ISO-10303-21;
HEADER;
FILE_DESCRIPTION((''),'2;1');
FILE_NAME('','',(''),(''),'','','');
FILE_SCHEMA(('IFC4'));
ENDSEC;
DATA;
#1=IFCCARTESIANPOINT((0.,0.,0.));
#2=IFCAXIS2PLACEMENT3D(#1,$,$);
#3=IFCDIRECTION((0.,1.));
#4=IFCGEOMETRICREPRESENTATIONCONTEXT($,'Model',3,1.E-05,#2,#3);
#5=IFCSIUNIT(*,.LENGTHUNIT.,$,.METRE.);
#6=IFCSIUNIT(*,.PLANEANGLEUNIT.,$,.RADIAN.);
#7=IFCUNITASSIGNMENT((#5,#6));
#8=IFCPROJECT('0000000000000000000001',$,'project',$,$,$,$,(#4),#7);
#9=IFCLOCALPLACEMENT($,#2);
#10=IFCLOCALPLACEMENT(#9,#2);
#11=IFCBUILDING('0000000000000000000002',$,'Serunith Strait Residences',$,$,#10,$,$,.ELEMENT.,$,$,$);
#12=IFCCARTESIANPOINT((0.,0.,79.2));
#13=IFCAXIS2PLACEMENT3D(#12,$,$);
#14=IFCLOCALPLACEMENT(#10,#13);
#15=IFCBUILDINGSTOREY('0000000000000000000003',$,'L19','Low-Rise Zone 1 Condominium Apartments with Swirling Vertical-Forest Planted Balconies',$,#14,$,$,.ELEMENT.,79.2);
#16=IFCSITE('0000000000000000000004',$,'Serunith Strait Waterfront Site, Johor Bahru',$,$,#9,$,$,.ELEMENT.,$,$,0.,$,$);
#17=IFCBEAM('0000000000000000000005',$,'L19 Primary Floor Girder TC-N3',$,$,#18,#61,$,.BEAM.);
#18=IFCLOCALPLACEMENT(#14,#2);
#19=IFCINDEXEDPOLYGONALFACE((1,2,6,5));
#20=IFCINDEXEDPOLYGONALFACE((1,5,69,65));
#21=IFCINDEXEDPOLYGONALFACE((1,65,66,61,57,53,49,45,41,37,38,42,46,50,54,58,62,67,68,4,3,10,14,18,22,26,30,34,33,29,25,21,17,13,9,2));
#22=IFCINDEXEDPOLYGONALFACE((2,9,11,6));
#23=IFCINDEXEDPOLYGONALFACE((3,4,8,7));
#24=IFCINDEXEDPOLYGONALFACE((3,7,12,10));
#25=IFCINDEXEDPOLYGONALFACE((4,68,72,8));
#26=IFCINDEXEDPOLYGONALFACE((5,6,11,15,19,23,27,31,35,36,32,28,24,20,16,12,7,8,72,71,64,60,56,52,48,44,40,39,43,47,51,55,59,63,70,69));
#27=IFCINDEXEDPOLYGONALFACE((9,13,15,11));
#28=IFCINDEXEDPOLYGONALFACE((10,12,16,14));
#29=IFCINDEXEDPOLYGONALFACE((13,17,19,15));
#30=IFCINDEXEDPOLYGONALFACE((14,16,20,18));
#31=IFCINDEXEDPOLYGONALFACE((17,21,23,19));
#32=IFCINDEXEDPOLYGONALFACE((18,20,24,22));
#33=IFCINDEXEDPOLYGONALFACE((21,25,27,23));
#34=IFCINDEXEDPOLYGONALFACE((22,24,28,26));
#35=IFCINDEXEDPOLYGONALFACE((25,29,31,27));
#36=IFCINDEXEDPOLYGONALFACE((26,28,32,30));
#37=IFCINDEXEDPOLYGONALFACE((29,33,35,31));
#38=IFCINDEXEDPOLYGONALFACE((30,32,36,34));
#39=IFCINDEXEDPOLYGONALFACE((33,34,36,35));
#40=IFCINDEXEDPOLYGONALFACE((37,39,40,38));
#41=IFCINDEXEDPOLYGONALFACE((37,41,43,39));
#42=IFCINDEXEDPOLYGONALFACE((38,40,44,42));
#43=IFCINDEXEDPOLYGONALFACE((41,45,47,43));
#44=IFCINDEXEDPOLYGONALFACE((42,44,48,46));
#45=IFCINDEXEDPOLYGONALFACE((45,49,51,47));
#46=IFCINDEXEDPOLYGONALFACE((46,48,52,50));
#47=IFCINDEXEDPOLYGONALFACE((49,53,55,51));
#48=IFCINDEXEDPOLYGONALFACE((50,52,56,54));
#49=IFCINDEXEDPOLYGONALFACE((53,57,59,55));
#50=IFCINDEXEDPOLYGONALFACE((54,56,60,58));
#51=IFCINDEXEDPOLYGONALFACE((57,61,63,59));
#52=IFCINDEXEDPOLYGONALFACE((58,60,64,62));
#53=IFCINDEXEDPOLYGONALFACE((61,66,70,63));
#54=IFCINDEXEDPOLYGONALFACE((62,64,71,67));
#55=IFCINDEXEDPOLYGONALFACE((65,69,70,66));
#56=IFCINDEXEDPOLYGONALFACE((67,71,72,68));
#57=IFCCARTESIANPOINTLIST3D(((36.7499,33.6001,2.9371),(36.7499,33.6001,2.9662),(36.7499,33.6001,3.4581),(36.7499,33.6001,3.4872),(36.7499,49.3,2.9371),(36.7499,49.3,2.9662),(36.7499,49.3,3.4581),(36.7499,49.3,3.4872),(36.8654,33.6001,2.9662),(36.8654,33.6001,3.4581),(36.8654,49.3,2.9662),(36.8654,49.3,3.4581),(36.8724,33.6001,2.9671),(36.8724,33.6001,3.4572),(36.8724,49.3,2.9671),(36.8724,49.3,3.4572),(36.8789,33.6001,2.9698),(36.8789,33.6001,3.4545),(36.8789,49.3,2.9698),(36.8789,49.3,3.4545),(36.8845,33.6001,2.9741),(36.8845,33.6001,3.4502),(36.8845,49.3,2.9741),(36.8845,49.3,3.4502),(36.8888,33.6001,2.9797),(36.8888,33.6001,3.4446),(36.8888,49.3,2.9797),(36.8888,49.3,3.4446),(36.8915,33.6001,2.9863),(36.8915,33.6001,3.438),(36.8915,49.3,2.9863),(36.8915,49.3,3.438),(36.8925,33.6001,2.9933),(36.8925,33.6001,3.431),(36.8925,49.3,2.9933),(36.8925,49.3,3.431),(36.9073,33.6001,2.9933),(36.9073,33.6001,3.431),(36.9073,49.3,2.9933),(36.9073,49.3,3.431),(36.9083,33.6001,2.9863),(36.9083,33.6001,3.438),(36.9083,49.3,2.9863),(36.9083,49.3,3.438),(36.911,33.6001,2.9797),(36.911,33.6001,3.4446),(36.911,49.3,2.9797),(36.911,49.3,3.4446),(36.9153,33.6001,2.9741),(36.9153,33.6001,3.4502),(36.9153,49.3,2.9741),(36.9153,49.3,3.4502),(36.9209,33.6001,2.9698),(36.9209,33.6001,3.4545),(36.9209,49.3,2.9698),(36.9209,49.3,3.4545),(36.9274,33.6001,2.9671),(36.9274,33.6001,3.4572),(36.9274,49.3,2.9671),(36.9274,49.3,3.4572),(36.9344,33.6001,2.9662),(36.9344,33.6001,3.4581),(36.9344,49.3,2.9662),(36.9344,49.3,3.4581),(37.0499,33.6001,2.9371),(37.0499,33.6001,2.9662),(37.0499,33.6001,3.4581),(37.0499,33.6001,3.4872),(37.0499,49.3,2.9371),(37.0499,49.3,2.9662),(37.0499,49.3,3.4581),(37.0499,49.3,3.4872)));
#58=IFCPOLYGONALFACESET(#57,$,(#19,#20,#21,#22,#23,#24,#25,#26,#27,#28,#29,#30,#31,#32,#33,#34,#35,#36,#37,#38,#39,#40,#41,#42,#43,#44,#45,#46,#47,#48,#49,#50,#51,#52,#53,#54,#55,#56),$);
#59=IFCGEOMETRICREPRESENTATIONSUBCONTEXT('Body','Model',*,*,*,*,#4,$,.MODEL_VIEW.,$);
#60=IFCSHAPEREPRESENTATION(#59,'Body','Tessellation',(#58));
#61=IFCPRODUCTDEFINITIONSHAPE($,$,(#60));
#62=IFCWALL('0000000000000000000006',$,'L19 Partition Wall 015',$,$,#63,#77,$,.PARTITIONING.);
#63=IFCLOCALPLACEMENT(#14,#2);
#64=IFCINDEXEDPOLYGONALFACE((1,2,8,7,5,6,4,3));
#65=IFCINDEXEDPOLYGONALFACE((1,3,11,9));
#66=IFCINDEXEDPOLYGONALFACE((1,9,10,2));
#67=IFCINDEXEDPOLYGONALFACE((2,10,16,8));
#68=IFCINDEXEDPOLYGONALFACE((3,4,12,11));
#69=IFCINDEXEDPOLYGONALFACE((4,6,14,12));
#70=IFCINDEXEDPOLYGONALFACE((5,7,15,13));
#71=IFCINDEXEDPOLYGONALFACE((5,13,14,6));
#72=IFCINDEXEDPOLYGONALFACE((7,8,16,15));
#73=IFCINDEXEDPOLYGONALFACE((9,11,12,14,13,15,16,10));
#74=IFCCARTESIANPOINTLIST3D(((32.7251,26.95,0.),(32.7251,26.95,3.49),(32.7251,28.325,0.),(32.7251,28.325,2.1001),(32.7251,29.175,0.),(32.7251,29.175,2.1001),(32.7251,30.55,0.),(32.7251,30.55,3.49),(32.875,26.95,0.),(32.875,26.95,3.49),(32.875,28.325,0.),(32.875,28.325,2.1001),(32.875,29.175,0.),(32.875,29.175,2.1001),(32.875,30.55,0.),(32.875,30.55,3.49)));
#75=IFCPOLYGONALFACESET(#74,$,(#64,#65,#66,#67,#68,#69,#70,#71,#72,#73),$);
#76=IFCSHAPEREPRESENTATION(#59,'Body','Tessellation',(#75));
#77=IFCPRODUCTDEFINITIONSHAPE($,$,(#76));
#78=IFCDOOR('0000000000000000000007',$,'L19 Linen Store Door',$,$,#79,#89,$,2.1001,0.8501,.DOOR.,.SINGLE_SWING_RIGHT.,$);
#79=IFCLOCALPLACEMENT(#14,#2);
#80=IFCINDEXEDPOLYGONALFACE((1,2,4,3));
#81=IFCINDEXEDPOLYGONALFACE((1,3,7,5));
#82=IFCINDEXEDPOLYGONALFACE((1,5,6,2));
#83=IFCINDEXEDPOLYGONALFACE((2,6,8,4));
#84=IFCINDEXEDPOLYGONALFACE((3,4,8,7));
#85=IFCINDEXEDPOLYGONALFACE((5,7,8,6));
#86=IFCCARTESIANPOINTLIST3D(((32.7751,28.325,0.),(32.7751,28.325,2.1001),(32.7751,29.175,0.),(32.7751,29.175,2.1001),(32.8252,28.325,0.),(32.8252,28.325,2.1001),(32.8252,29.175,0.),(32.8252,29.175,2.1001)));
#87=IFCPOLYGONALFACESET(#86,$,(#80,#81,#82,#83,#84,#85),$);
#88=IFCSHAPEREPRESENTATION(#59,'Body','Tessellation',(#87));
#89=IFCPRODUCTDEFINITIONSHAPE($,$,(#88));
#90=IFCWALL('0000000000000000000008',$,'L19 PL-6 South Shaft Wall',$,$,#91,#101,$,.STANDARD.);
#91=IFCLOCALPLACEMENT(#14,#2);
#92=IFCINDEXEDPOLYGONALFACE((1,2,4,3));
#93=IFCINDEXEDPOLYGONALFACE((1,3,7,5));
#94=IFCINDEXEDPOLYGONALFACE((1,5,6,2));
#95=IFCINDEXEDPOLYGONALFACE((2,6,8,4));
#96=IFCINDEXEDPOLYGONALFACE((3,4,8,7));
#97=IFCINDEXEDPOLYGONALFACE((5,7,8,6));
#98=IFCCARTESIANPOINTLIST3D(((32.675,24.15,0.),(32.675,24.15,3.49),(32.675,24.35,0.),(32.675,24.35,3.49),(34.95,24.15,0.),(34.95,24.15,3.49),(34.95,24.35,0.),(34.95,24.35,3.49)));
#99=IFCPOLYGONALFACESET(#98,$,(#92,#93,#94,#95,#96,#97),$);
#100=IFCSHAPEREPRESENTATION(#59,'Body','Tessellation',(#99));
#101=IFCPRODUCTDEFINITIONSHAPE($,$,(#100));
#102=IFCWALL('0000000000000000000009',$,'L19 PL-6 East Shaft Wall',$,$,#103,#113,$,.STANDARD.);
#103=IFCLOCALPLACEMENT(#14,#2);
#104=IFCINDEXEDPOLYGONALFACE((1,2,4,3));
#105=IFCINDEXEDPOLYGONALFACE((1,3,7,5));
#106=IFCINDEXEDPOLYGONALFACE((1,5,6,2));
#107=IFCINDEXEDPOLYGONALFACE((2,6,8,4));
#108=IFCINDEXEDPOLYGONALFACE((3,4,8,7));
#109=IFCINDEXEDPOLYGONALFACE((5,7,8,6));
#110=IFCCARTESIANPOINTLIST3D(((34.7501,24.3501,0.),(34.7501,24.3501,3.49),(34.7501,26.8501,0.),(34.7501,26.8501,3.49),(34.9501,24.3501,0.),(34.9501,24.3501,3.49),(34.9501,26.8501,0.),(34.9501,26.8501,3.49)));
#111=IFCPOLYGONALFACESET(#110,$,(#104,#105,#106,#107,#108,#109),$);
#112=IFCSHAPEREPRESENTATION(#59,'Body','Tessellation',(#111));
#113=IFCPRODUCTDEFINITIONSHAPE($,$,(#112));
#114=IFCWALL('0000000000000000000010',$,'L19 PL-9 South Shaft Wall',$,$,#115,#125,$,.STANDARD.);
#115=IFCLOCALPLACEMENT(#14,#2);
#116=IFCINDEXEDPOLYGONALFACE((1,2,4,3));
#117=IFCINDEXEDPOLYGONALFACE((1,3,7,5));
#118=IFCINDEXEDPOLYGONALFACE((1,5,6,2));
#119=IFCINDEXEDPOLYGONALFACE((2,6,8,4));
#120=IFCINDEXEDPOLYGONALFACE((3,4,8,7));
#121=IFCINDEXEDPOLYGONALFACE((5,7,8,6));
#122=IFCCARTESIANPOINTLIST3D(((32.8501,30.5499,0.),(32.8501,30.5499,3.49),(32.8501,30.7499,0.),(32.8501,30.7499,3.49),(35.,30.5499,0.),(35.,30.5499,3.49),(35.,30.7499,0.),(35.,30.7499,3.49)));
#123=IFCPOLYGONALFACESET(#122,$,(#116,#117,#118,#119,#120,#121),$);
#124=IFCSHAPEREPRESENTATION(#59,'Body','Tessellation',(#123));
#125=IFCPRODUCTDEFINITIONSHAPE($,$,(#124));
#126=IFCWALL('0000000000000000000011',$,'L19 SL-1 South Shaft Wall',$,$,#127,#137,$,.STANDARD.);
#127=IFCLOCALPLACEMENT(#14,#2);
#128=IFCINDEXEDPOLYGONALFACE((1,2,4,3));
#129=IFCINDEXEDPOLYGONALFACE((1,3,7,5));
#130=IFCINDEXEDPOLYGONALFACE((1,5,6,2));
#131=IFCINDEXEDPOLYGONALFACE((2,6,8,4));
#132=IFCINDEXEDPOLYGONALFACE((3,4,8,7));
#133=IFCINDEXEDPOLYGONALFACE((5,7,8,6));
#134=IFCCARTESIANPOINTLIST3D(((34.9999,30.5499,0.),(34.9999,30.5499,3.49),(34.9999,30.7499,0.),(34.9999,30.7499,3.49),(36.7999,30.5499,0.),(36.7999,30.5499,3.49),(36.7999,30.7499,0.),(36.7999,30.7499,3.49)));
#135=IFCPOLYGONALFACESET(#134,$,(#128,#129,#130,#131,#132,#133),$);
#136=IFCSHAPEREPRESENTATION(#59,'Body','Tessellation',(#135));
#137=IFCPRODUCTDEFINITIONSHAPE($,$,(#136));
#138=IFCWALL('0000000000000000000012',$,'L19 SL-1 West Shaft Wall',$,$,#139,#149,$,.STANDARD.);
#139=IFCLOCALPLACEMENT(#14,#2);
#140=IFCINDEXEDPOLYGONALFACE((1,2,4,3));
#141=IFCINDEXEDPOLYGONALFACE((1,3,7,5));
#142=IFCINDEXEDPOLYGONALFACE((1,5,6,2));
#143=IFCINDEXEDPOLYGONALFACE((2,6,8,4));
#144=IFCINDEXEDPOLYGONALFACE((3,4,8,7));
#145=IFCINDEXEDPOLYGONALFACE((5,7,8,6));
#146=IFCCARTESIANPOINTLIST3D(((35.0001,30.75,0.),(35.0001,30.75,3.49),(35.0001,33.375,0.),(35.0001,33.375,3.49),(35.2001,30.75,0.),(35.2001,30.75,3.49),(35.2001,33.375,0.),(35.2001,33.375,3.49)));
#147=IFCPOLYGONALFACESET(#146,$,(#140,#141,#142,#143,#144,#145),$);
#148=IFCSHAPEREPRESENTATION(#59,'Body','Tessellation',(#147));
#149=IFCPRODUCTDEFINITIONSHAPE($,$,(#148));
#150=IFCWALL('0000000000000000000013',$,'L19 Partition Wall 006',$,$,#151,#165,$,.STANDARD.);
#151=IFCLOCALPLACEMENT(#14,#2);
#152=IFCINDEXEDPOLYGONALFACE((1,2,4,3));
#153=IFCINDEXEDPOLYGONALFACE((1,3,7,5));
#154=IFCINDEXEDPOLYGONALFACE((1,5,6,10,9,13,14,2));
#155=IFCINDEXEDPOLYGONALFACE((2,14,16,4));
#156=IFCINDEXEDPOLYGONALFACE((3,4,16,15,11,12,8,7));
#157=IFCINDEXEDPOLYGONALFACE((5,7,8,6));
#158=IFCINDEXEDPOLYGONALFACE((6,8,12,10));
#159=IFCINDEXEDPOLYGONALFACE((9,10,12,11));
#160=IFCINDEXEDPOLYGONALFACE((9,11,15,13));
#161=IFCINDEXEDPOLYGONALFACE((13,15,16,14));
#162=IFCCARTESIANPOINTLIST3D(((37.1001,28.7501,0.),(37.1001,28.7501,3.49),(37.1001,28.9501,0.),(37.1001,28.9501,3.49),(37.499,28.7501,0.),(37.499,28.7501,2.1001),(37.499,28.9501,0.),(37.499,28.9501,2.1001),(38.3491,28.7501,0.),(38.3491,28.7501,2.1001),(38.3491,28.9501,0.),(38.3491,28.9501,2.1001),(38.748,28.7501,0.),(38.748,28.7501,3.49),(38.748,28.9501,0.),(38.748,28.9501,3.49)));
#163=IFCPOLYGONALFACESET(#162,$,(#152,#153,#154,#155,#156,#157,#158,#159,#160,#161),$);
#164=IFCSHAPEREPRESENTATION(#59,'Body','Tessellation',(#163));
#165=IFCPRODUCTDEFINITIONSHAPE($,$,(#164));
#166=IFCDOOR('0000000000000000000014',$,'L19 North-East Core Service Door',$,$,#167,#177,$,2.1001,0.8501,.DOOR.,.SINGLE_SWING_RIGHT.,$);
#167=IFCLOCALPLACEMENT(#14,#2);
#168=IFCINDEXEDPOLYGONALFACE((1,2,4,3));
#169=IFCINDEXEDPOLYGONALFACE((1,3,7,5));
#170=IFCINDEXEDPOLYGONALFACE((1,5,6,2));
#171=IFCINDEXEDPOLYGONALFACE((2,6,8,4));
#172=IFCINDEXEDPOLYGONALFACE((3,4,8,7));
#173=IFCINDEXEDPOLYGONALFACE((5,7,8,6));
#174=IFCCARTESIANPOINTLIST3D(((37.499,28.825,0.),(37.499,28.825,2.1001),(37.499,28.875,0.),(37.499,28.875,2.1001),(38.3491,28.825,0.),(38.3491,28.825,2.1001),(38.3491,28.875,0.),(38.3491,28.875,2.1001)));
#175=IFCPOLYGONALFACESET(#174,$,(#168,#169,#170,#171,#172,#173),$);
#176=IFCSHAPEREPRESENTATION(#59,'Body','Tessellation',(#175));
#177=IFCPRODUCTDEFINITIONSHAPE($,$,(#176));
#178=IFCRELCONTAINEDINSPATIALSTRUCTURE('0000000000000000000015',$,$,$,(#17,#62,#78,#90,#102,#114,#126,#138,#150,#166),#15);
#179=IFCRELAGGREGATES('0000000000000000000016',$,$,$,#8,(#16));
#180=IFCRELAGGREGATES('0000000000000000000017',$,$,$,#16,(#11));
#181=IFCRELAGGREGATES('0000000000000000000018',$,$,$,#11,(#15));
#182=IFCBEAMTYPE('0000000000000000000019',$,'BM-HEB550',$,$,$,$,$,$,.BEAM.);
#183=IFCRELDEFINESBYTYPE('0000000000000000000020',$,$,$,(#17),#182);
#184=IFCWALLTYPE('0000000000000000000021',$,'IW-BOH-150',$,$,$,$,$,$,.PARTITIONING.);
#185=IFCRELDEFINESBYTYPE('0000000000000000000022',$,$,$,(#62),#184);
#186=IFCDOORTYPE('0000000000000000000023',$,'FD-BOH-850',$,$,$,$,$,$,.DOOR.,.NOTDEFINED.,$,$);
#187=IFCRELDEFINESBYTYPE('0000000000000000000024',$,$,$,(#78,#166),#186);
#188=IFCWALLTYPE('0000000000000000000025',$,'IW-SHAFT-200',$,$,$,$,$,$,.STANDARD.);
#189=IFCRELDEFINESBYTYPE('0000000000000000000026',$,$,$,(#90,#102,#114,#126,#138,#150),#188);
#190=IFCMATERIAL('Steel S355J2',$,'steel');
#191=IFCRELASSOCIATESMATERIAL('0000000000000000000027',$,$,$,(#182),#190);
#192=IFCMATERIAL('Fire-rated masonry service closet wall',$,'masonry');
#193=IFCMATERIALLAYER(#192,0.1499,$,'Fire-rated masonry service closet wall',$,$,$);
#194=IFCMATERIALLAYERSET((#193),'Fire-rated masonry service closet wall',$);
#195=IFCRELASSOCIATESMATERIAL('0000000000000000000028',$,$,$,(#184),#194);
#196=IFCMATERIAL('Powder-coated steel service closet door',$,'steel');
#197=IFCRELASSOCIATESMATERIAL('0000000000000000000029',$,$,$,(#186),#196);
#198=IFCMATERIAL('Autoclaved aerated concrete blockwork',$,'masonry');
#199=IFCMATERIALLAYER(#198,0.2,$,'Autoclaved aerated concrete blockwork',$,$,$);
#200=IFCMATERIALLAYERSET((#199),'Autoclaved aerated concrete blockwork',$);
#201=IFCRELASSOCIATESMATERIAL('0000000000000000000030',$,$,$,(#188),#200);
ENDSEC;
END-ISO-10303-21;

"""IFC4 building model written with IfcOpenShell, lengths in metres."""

from ifc_helpers import new_model, si_unit, direction, frame, frame_2d, origin, origin_2d, place, context, subcontext, project, spatial, rectangle, i_section, extrude, source, transform, mapped, material, layer, layer_set, material_profile, profile_set, type_object, element, fill, save


model = new_model("IFC4")

# Units and contexts
model_context = context("Model", 3, precision=1e-05, world=origin(), true_north=direction((0.0, 1.0)))
body_context = subcontext(model_context, "Body", "Model", "MODEL_VIEW")
ifc_project = project(units=[si_unit("LENGTHUNIT", "METRE"), si_unit("PLANEANGLEUNIT", "RADIAN")], contexts=[model_context])

# Site, building, storey
site_placement = place(None, origin())
site = spatial("IfcSite", under=ifc_project, at=site_placement, Name="Serunith Strait Waterfront Site, Johor Bahru", CompositionType="ELEMENT", RefElevation=0.0)
building_placement = place(site_placement, origin())
building = spatial("IfcBuilding", under=site, at=building_placement, Name="Serunith Strait Residences", CompositionType="ELEMENT")
storey_placement = place(building_placement, frame((0.0, 0.0, 79.2)))
storey = spatial("IfcBuildingStorey", under=building, at=storey_placement, Name="L19", Description="Low-Rise Zone 1 Condominium Apartments with Swirling Vertical-Forest Planted Balconies", CompositionType="ELEMENT", Elevation=79.2)

# Beam
ifc_material_1 = material(Name="Steel S355J2", Category="steel")
ifc_material_profile = material_profile(ifc_material_1, i_section(OverallWidth=0.3, OverallDepth=0.55, WebThickness=0.0149, FlangeThickness=0.0291, FilletRadius=0.0271, at=origin_2d()), Name="HEB 550")
ifc_profile_set = profile_set([ifc_material_profile], Name="Steel S355J2")
beam_type = type_object("IfcBeamType", Name="BM-HEB550", PredefinedType="BEAM", material=ifc_profile_set)
shared_shape_1 = source(origin(), body_context, "Body", "SweptSolid", [
    extrude(i_section(OverallWidth=0.3, OverallDepth=0.55, WebThickness=0.0149, FlangeThickness=0.0291, FilletRadius=0.0271, at=origin_2d()), origin(), (0.0, 0.0, 1.0), 15.7),
])
beam_placement = place(storey_placement, frame((36.8999, 33.6001, 3.2122), z_axis=(0.0, 1.0, 0.0), x_axis=(-1.0, 0.0, 0.0)))
element("IfcBeam", 1, at=beam_placement, inside=storey, type_object=beam_type, Name="L19 Primary Floor Girder TC-N3", PredefinedType="BEAM", context=body_context, shape_type="MappedRepresentation", body=[
    mapped(shared_shape_1, transform((0.0, 0.0, 0.0), scale=1.0)),
])

# Wall, opening, door
ifc_material_2 = material(Name="Fire-rated masonry service closet wall", Category="masonry")
ifc_layer_1 = layer(ifc_material_2, 0.1499, Name="Fire-rated masonry service closet wall")
ifc_layer_set_1 = layer_set([ifc_layer_1], Name="Fire-rated masonry service closet wall")
wall_type_1 = type_object("IfcWallType", Name="IW-BOH-150", PredefinedType="PARTITIONING", material=ifc_layer_set_1)
wall_1_placement = place(storey_placement, frame((32.8, 26.95, 0.0), z_axis=(0.0, 0.0, 1.0), x_axis=(0.0, 1.0, 0.0)))
wall_1 = element("IfcWall", 2, at=wall_1_placement, inside=storey, type_object=wall_type_1, Name="L19 Partition Wall 015", PredefinedType="PARTITIONING", context=body_context, shape_type="SweptSolid", body=[
    extrude(rectangle(XDim=3.6001, YDim=0.1499, at=frame_2d((1.8, 0.0))), origin(), (0.0, 0.0, 1.0), 3.49),
])
opening_1_placement = place(wall_1_placement, frame((1.375, 0.0, 0.0)))
opening_1 = element("IfcOpeningElement", 3, at=opening_1_placement, cuts=wall_1, PredefinedType="OPENING", context=body_context, shape_type="SweptSolid", body=[
    extrude(rectangle(XDim=0.8501, YDim=2.1001, at=frame_2d((0.425, 1.05))), frame((0.0, 0.085, 0.0), z_axis=(0.0, -1.0, 0.0), x_axis=(1.0, 0.0, 0.0)), (0.0, 0.0, 1.0), 0.1699),
])
ifc_material_3 = material(Name="Powder-coated steel service closet door", Category="steel")
door_type_1 = type_object("IfcDoorType", Name="FD-BOH-850", OperationType="NOTDEFINED", PredefinedType="DOOR", material=ifc_material_3)
shared_shape_2 = source(origin(), body_context, "Body", "SweptSolid", [
    extrude(rectangle(XDim=0.8501, YDim=2.1001, at=frame_2d((0.425, 1.05))), frame((0.0, 0.0249, 0.0), z_axis=(0.0, -1.0, 0.0), x_axis=(1.0, 0.0, 0.0)), (0.0, 0.0, 1.0), 0.05),
])
door_1_placement = place(opening_1_placement, origin())
door_1 = element("IfcDoor", 4, at=door_1_placement, inside=storey, type_object=door_type_1, Name="L19 Linen Store Door", OperationType="SINGLE_SWING_RIGHT", OverallHeight=2.1001, OverallWidth=0.8501, PredefinedType="DOOR", context=body_context, shape_type="MappedRepresentation", body=[
    mapped(shared_shape_2, transform((0.0, 0.0, 0.0), scale=1.0)),
])
fill(opening_1, door_1)
ifc_material_4 = material(Name="Autoclaved aerated concrete blockwork", Category="masonry")
ifc_layer_2 = layer(ifc_material_4, 0.2, Name="Autoclaved aerated concrete blockwork")
ifc_layer_set_2 = layer_set([ifc_layer_2], Name="Autoclaved aerated concrete blockwork")
wall_type_2 = type_object("IfcWallType", Name="IW-SHAFT-200", PredefinedType="STANDARD", material=ifc_layer_set_2)

# Walls
wall_2_placement = place(storey_placement, frame((32.675, 24.25, 0.0), z_axis=(0.0, 0.0, 1.0), x_axis=(1.0, 0.0, 0.0)))
element("IfcWall", 5, at=wall_2_placement, inside=storey, type_object=wall_type_2, Name="L19 PL-6 South Shaft Wall", PredefinedType="STANDARD", context=body_context, shape_type="SweptSolid", body=[
    extrude(rectangle(XDim=2.2749, YDim=0.2, at=frame_2d((1.1375, 0.0))), origin(), (0.0, 0.0, 1.0), 3.49),
])
wall_3_placement = place(storey_placement, frame((34.8501, 24.3501, 0.0), z_axis=(0.0, 0.0, 1.0), x_axis=(0.0, 1.0, 0.0)))
element("IfcWall", 6, at=wall_3_placement, inside=storey, type_object=wall_type_2, Name="L19 PL-6 East Shaft Wall", PredefinedType="STANDARD", context=body_context, shape_type="SweptSolid", body=[
    extrude(rectangle(XDim=2.5, YDim=0.2, at=frame_2d((1.25, 0.0))), origin(), (0.0, 0.0, 1.0), 3.49),
])
wall_4_placement = place(storey_placement, frame((32.8501, 30.6499, 0.0), z_axis=(0.0, 0.0, 1.0), x_axis=(1.0, 0.0, 0.0)))
element("IfcWall", 7, at=wall_4_placement, inside=storey, type_object=wall_type_2, Name="L19 PL-9 South Shaft Wall", PredefinedType="STANDARD", context=body_context, shape_type="SweptSolid", body=[
    extrude(rectangle(XDim=2.1499, YDim=0.2, at=frame_2d((1.075, 0.0))), origin(), (0.0, 0.0, 1.0), 3.49),
])
wall_5_placement = place(storey_placement, frame((35.0, 30.6499, 0.0), z_axis=(0.0, 0.0, 1.0), x_axis=(1.0, 0.0, 0.0)))
element("IfcWall", 8, at=wall_5_placement, inside=storey, type_object=wall_type_2, Name="L19 SL-1 South Shaft Wall", PredefinedType="STANDARD", context=body_context, shape_type="SweptSolid", body=[
    extrude(rectangle(XDim=1.8, YDim=0.2, at=frame_2d((0.8999, 0.0))), origin(), (0.0, 0.0, 1.0), 3.49),
])
wall_6_placement = place(storey_placement, frame((35.1001, 30.75, 0.0), z_axis=(0.0, 0.0, 1.0), x_axis=(0.0, 1.0, 0.0)))
element("IfcWall", 9, at=wall_6_placement, inside=storey, type_object=wall_type_2, Name="L19 SL-1 West Shaft Wall", PredefinedType="STANDARD", context=body_context, shape_type="SweptSolid", body=[
    extrude(rectangle(XDim=2.625, YDim=0.2, at=frame_2d((1.3125, 0.0))), origin(), (0.0, 0.0, 1.0), 3.49),
])

# Wall, opening, door
wall_7_placement = place(storey_placement, frame((37.1001, 28.8501, 0.0), z_axis=(0.0, 0.0, 1.0), x_axis=(1.0, 0.0, 0.0)))
wall_7 = element("IfcWall", 10, at=wall_7_placement, inside=storey, type_object=wall_type_2, Name="L19 Partition Wall 006", PredefinedType="STANDARD", context=body_context, shape_type="SweptSolid", body=[
    extrude(rectangle(XDim=1.6479, YDim=0.2, at=frame_2d((0.824, 0.0))), origin(), (0.0, 0.0, 1.0), 3.49),
])
opening_2_placement = place(wall_7_placement, frame((0.3989, 0.0, 0.0)))
opening_2 = element("IfcOpeningElement", 11, at=opening_2_placement, cuts=wall_7, PredefinedType="OPENING", context=body_context, shape_type="SweptSolid", body=[
    extrude(rectangle(XDim=0.8501, YDim=2.1001, at=frame_2d((0.425, 1.05))), frame((0.0, 0.1099, 0.0), z_axis=(0.0, -1.0, 0.0), x_axis=(1.0, 0.0, 0.0)), (0.0, 0.0, 1.0), 0.22),
])
door_2_placement = place(opening_2_placement, origin())
door_2 = element("IfcDoor", 12, at=door_2_placement, inside=storey, type_object=door_type_1, Name="L19 North-East Core Service Door", OperationType="SINGLE_SWING_RIGHT", OverallHeight=2.1001, OverallWidth=0.8501, PredefinedType="DOOR", context=body_context, shape_type="MappedRepresentation", body=[
    mapped(shared_shape_2, transform((0.0, 0.0, 0.0), scale=1.0)),
])
fill(opening_2, door_2)

save(model, "model.ifc")
